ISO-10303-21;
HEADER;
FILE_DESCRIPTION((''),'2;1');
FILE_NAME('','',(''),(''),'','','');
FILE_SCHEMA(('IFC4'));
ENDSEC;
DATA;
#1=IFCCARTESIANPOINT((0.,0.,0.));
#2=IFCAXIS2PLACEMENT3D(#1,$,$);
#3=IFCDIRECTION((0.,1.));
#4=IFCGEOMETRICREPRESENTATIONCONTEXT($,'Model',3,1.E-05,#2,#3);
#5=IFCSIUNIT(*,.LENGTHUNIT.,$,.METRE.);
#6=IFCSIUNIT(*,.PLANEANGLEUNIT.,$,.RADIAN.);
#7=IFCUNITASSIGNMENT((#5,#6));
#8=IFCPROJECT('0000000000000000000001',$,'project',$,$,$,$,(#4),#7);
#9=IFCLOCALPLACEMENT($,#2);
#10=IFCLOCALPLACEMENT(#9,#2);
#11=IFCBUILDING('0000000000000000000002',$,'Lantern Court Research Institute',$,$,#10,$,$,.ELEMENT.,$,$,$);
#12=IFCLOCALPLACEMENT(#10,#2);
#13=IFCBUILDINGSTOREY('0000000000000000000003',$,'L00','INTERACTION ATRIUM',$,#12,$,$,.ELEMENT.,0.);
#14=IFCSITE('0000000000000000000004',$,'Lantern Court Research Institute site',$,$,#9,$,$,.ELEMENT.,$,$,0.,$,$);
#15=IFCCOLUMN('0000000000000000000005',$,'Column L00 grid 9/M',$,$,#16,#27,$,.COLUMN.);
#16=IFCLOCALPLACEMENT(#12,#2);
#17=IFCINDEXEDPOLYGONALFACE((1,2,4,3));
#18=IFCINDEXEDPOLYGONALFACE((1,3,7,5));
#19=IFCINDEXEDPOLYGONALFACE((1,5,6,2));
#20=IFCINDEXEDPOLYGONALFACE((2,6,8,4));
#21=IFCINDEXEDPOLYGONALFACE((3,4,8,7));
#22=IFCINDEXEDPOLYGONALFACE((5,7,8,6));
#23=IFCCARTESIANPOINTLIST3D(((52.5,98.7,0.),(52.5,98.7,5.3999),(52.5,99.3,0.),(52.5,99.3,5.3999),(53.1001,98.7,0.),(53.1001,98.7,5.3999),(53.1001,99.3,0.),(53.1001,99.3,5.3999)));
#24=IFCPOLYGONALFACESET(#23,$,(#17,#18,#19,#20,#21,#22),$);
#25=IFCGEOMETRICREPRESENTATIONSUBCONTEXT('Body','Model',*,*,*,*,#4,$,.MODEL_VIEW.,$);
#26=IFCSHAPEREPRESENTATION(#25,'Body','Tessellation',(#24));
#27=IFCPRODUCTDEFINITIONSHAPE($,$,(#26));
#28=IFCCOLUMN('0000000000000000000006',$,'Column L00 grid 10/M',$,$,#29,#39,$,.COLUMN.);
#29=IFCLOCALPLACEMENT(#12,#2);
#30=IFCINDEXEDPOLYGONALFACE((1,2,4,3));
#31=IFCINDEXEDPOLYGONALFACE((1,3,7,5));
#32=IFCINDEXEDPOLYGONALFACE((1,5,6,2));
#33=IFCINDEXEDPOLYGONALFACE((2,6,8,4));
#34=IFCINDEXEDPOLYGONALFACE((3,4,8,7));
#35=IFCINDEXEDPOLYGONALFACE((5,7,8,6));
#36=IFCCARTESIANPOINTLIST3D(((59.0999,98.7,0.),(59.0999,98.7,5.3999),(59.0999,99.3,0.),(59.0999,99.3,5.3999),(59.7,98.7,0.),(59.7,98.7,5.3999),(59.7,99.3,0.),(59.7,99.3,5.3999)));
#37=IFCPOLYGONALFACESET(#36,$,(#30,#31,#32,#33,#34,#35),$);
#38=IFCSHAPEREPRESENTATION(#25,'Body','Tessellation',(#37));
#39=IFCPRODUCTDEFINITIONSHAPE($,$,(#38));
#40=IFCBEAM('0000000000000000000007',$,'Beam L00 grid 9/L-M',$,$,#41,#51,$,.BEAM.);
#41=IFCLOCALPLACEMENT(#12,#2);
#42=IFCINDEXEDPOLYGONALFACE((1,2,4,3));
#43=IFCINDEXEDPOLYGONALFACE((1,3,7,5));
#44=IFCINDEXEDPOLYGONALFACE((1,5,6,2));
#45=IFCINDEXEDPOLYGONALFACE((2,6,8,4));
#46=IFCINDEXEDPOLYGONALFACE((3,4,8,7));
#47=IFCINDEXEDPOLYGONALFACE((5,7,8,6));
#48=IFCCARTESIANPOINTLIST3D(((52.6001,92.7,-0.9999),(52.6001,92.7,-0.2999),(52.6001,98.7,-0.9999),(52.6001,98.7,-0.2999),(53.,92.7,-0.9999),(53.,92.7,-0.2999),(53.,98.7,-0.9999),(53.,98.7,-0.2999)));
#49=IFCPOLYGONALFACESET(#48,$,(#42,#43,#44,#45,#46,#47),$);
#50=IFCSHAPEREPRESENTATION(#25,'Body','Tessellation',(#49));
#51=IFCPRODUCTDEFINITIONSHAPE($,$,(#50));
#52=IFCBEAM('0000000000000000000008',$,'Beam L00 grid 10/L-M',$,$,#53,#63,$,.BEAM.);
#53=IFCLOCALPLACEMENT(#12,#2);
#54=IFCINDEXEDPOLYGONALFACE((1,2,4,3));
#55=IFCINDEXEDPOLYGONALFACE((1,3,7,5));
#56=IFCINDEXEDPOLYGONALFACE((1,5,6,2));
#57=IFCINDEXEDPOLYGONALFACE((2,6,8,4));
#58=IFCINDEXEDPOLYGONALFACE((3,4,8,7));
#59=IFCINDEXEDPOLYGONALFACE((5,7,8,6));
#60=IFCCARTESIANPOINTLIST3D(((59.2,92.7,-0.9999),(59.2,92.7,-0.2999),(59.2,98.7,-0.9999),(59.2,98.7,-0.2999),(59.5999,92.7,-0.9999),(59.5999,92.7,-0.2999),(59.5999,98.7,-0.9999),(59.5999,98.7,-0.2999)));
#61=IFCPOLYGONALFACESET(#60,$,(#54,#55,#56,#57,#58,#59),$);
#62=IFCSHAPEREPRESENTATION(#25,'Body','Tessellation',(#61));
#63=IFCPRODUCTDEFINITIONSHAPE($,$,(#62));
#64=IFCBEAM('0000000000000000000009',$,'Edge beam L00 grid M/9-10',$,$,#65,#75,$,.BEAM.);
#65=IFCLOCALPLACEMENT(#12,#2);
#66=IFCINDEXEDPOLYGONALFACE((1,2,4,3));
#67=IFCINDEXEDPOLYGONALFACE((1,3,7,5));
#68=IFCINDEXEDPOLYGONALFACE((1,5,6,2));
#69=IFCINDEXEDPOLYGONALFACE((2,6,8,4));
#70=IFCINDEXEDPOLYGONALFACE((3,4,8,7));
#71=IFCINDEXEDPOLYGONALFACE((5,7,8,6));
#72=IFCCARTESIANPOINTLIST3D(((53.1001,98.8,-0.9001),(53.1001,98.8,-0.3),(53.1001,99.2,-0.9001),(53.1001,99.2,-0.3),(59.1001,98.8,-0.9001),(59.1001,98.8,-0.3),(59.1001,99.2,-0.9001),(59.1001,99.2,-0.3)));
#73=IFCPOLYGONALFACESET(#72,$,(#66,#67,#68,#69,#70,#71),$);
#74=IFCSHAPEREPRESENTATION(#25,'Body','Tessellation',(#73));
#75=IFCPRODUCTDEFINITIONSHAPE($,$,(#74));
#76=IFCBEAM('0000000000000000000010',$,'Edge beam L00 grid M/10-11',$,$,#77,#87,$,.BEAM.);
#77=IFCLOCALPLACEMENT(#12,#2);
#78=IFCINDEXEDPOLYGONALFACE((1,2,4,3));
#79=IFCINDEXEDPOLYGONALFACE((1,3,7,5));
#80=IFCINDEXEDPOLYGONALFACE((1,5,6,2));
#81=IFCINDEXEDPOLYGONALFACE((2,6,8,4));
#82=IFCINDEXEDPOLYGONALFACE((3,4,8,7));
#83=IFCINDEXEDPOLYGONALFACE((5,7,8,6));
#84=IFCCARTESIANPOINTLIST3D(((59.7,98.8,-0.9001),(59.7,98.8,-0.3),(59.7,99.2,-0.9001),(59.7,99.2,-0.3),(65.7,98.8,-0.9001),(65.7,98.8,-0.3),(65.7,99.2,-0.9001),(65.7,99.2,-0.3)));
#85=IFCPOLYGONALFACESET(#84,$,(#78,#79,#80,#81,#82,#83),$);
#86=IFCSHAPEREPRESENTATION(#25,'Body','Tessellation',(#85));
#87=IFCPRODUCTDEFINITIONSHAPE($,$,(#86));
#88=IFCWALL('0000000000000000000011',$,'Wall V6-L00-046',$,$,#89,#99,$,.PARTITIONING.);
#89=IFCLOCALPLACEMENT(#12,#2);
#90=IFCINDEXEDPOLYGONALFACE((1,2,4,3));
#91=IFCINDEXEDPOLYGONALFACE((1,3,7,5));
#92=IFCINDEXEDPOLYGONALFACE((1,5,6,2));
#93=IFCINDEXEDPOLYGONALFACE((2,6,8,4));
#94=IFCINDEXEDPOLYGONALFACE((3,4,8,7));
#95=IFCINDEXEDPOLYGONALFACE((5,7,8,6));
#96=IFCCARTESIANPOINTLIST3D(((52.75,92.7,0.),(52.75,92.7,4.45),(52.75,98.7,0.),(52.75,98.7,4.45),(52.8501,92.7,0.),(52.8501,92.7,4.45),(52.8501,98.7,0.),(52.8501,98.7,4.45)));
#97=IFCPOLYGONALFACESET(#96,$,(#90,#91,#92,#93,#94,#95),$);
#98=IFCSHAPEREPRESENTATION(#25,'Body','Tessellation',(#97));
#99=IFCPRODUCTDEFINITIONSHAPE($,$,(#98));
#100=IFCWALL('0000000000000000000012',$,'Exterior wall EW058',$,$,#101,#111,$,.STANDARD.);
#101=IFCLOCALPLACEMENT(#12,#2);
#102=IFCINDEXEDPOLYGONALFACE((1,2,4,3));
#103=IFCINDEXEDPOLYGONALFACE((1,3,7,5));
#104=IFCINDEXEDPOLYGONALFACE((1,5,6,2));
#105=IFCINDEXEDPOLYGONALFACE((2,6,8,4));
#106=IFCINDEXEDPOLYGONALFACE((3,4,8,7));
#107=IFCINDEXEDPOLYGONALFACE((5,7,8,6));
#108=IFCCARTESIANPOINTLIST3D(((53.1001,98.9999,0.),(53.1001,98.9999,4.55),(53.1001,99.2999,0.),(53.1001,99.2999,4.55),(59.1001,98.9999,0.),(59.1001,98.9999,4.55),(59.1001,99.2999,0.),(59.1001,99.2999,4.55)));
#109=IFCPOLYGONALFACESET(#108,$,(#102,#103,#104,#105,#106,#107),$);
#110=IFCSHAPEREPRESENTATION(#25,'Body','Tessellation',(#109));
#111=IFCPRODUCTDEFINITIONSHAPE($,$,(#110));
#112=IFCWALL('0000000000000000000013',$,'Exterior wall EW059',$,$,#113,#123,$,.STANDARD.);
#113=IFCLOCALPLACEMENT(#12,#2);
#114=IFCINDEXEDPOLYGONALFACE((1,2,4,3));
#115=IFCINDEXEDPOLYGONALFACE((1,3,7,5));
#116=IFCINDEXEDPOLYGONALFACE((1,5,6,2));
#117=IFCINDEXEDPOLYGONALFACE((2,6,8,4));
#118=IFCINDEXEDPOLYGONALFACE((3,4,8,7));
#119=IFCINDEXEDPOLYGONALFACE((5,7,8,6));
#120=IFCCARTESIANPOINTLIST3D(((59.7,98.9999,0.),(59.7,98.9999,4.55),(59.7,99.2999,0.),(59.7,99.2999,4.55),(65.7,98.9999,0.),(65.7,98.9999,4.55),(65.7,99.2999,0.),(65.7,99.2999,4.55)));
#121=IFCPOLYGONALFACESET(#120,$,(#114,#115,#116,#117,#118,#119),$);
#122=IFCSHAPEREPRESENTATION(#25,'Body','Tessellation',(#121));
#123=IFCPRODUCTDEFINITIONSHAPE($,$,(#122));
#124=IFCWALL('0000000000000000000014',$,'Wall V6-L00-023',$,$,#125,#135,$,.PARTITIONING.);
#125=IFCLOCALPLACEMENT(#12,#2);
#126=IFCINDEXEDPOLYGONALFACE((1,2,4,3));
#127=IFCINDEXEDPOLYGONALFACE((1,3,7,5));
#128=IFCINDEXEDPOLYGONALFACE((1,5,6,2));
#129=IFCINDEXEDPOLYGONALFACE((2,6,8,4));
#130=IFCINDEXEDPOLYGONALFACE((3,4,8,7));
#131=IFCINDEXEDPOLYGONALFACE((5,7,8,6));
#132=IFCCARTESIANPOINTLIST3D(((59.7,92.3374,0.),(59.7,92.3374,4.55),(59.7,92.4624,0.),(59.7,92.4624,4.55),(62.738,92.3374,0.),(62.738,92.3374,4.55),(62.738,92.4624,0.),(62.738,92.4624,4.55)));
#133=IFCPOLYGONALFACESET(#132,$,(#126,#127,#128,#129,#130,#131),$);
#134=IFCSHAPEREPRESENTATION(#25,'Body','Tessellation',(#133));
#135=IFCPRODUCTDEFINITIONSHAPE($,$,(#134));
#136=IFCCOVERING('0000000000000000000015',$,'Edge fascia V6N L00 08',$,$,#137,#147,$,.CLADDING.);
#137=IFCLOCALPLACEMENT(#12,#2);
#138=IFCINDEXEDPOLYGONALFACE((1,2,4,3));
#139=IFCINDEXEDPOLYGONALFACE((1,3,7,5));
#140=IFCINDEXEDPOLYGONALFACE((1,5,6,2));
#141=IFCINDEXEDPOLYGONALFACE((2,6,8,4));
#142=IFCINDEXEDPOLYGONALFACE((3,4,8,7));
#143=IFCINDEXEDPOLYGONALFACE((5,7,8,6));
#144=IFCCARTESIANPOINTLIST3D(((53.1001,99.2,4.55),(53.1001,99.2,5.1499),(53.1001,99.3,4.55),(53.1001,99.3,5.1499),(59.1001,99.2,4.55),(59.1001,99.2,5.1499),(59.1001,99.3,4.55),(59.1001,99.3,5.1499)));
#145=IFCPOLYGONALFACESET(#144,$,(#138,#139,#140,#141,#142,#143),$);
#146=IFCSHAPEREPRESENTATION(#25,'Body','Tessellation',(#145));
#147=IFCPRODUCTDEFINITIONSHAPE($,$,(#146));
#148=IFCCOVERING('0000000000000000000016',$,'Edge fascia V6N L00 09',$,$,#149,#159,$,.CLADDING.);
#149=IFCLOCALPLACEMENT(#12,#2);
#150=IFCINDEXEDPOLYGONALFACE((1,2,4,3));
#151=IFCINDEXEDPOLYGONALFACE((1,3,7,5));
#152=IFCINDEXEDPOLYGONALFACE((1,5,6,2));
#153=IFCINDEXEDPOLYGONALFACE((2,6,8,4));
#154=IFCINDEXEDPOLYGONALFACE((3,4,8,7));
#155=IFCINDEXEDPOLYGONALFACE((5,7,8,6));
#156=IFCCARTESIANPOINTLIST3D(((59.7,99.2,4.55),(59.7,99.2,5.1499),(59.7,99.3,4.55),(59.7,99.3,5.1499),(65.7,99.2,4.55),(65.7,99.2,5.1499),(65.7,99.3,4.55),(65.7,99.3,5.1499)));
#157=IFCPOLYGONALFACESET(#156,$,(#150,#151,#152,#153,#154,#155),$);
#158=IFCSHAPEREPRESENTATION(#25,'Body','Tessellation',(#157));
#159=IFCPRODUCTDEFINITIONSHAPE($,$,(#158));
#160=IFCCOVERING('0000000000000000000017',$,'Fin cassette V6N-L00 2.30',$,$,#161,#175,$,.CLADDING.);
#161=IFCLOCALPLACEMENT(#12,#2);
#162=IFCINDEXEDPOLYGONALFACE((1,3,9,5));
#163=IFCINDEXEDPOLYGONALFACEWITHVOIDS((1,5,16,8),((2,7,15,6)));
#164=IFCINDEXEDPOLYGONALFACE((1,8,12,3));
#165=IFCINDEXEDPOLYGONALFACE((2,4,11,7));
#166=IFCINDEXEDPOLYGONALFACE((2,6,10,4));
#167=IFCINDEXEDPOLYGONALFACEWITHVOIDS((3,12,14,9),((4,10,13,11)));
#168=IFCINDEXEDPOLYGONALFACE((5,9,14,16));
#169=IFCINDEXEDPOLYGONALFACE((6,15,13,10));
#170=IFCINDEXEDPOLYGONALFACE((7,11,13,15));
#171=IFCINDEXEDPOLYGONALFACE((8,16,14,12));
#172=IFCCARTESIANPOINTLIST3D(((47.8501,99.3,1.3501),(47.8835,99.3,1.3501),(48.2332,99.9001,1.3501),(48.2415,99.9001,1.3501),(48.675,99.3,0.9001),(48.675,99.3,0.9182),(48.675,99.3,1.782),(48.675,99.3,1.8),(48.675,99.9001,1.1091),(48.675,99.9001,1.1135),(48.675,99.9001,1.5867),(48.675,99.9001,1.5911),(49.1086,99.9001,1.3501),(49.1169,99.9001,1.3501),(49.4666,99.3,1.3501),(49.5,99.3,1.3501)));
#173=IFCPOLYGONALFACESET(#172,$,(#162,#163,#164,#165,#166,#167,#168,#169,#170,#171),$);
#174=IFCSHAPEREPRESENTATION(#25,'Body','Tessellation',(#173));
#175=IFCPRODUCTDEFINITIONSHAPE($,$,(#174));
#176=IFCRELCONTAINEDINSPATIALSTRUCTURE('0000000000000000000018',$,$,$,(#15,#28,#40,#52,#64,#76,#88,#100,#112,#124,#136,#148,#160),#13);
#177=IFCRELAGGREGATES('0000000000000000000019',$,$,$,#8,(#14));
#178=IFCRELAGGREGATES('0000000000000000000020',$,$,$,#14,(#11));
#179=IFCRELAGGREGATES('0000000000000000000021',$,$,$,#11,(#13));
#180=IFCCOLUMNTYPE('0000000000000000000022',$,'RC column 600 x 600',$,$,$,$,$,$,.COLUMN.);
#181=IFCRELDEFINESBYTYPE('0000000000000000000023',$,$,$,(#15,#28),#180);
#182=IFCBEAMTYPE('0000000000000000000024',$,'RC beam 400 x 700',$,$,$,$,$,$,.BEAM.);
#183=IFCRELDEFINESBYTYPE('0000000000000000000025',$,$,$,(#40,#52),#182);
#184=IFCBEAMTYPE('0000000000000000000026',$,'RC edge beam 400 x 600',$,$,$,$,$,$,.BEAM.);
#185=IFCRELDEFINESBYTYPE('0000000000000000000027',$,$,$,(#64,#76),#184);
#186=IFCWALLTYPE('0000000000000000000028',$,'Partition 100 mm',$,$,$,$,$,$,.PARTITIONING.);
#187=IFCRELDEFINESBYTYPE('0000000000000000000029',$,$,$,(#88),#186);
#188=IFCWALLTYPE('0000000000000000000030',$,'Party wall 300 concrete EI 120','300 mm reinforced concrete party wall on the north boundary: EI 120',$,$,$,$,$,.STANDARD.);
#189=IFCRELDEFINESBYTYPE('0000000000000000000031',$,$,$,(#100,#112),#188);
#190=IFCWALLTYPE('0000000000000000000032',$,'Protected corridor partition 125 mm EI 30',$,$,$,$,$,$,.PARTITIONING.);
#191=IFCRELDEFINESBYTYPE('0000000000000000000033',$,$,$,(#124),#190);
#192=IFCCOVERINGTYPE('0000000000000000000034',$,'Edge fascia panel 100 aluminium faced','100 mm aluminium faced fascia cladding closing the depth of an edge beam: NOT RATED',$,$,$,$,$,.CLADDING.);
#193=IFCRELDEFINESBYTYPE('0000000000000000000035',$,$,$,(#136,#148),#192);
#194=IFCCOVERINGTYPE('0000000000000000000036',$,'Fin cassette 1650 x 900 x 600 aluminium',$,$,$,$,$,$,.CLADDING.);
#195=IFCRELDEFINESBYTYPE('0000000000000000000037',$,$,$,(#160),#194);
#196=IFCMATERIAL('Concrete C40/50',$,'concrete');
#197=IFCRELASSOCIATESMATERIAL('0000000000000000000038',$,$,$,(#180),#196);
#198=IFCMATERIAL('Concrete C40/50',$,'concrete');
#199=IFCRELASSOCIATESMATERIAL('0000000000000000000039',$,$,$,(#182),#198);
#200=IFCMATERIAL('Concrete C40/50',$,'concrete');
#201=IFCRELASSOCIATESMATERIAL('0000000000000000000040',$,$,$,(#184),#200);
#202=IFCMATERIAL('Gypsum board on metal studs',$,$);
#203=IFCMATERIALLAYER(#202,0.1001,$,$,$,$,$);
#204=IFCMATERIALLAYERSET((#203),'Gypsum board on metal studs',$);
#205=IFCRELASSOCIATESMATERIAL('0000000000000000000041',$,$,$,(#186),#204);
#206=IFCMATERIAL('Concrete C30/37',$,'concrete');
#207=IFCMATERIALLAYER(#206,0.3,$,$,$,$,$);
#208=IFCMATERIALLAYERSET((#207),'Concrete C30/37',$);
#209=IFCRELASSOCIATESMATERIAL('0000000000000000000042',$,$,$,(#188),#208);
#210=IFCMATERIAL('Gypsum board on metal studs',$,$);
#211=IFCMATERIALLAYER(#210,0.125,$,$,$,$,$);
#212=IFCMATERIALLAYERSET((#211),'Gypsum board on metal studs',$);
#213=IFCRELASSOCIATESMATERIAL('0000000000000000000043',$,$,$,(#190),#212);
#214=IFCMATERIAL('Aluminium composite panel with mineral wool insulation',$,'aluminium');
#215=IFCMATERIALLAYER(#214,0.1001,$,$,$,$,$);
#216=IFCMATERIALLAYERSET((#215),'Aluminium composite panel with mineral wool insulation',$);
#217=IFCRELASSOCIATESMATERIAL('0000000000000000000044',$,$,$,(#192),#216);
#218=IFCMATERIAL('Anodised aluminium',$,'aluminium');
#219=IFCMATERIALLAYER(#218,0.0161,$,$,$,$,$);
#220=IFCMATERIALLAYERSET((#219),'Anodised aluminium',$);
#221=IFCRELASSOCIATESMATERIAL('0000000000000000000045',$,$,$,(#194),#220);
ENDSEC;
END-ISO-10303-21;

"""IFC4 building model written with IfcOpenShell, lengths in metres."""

from ifc_helpers import new_model, entity, si_unit, direction, frame, frame_2d, origin, origin_2d, place, context, subcontext, project, spatial, rectangle, extrude, material, layer, layer_set, material_profile, profile_set, type_object, element, save


model = new_model("IFC4")

# Units and contexts
model_context = context("Model", 3, precision=1e-05, world=origin(), true_north=direction((0.0, 1.0)))
body_context = subcontext(model_context, "Body", "Model", "MODEL_VIEW")
ifc_project = project(units=[si_unit("LENGTHUNIT", "METRE"), si_unit("PLANEANGLEUNIT", "RADIAN")], contexts=[model_context])

# Site, building, storey
site_placement = place(None, origin())
site = spatial("IfcSite", under=ifc_project, at=site_placement, Name="Lantern Court Research Institute site", CompositionType="ELEMENT", RefElevation=0.0)
building_placement = place(site_placement, origin())
building = spatial("IfcBuilding", under=site, at=building_placement, Name="Lantern Court Research Institute", CompositionType="ELEMENT")
storey_placement = place(building_placement, origin())
storey = spatial("IfcBuildingStorey", under=building, at=storey_placement, Name="L00", Description="INTERACTION ATRIUM", CompositionType="ELEMENT", Elevation=0.0)

# Columns
ifc_material_1 = material(Name="Concrete C40/50", Category="concrete")
ifc_material_profile_1 = material_profile(ifc_material_1, rectangle(XDim=0.6001, YDim=0.6001, at=origin_2d()), Name="RC column 600 x 600")
ifc_profile_set_1 = profile_set([ifc_material_profile_1], Name="Concrete C40/50")
column_type = type_object("IfcColumnType", Name="RC column 600 x 600", PredefinedType="COLUMN", material=ifc_profile_set_1)
for number, where, z_axis, x_axis, name in (
    (1, (52.8, 99.0, 0.0), (0.0, 0.0, 1.0), (1.0, 0.0, 0.0), "Column L00 grid 9/M"),
    (2, (59.3999, 99.0, 0.0), (0.0, 0.0, 1.0), (1.0, 0.0, 0.0), "Column L00 grid 10/M"),
):
    element("IfcColumn", number, at=place(storey_placement, frame(where, z_axis=z_axis, x_axis=x_axis)), inside=storey, type_object=column_type, Name=name, PredefinedType="COLUMN", context=body_context, shape_type="SweptSolid", body=[
        extrude(rectangle(XDim=0.6001, YDim=0.6001, at=origin_2d()), origin(), (0.0, 0.0, 1.0), 5.3999),
    ])

# Beams
ifc_material_2 = material(Name="Concrete C40/50", Category="concrete")
ifc_material_profile_2 = material_profile(ifc_material_2, rectangle(XDim=0.3999, YDim=0.7, at=origin_2d()), Name="RC beam 400 x 700")
ifc_profile_set_2 = profile_set([ifc_material_profile_2], Name="Concrete C40/50")
beam_type_1 = type_object("IfcBeamType", Name="RC beam 400 x 700", PredefinedType="BEAM", material=ifc_profile_set_2)
for number, where, z_axis, x_axis, name in (
    (3, (52.8, 92.7, -0.6499), (0.0, 1.0, 0.0), (-1.0, 0.0, 0.0), "Beam L00 grid 9/L-M"),
    (4, (59.3999, 92.7, -0.6499), (0.0, 1.0, 0.0), (-1.0, 0.0, 0.0), "Beam L00 grid 10/L-M"),
):
    element("IfcBeam", number, at=place(storey_placement, frame(where, z_axis=z_axis, x_axis=x_axis)), inside=storey, type_object=beam_type_1, Name=name, PredefinedType="BEAM", context=body_context, shape_type="SweptSolid", body=[
        extrude(rectangle(XDim=0.3999, YDim=0.7, at=origin_2d()), origin(), (0.0, 0.0, 1.0), 6.0),
    ])
ifc_material_3 = material(Name="Concrete C40/50", Category="concrete")
ifc_material_profile_3 = material_profile(ifc_material_3, rectangle(XDim=0.3999, YDim=0.6001, at=origin_2d()), Name="RC beam 400 x 600")
ifc_profile_set_3 = profile_set([ifc_material_profile_3], Name="Concrete C40/50")
beam_type_2 = type_object("IfcBeamType", Name="RC edge beam 400 x 600", PredefinedType="BEAM", material=ifc_profile_set_3)
for number, where, z_axis, x_axis, name in (
    (5, (53.1001, 99.0, -0.6001), (1.0, 0.0, 0.0), (0.0, 1.0, 0.0), "Edge beam L00 grid M/9-10"),
    (6, (59.7, 99.0, -0.6001), (1.0, 0.0, 0.0), (0.0, 1.0, 0.0), "Edge beam L00 grid M/10-11"),
):
    element("IfcBeam", number, at=place(storey_placement, frame(where, z_axis=z_axis, x_axis=x_axis)), inside=storey, type_object=beam_type_2, Name=name, PredefinedType="BEAM", context=body_context, shape_type="SweptSolid", body=[
        extrude(rectangle(XDim=0.3999, YDim=0.6001, at=origin_2d()), origin(), (0.0, 0.0, 1.0), 6.0),
    ])

# Walls
ifc_material_4 = material(Name="Gypsum board on metal studs")
ifc_layer_1 = layer(ifc_material_4, 0.1001)
ifc_layer_set_1 = layer_set([ifc_layer_1], Name="Gypsum board on metal studs")
wall_type_1 = type_object("IfcWallType", Name="Partition 100 mm", PredefinedType="PARTITIONING", material=ifc_layer_set_1)
wall_1_placement = place(storey_placement, frame((52.8, 92.7, 0.0), z_axis=(0.0, 0.0, 1.0), x_axis=(0.0, 1.0, 0.0)))
element("IfcWall", 7, at=wall_1_placement, inside=storey, type_object=wall_type_1, Name="Wall V6-L00-046", PredefinedType="PARTITIONING", context=body_context, shape_type="SweptSolid", body=[
    extrude(rectangle(XDim=6.0, YDim=0.1001, at=frame_2d((3.0, 0.0))), origin(), (0.0, 0.0, 1.0), 4.45),
])
ifc_material_5 = material(Name="Concrete C30/37", Category="concrete")
ifc_layer_2 = layer(ifc_material_5, 0.3)
ifc_layer_set_2 = layer_set([ifc_layer_2], Name="Concrete C30/37")
wall_type_2 = type_object("IfcWallType", Name="Party wall 300 concrete EI 120", Description="300 mm reinforced concrete party wall on the north boundary: EI 120", PredefinedType="STANDARD", material=ifc_layer_set_2)
for number, where, z_axis, x_axis, name in (
    (8, (53.1001, 99.1499, 0.0), (0.0, 0.0, 1.0), (1.0, 0.0, 0.0), "Exterior wall EW058"),
    (9, (59.7, 99.1499, 0.0), (0.0, 0.0, 1.0), (1.0, 0.0, 0.0), "Exterior wall EW059"),
):
    element("IfcWall", number, at=place(storey_placement, frame(where, z_axis=z_axis, x_axis=x_axis)), inside=storey, type_object=wall_type_2, Name=name, PredefinedType="STANDARD", context=body_context, shape_type="SweptSolid", body=[
        extrude(rectangle(XDim=6.0, YDim=0.3, at=frame_2d((3.0, 0.0))), origin(), (0.0, 0.0, 1.0), 4.55),
    ])
ifc_material_6 = material(Name="Gypsum board on metal studs")
ifc_layer_3 = layer(ifc_material_6, 0.125)
ifc_layer_set_3 = layer_set([ifc_layer_3], Name="Gypsum board on metal studs")
wall_type_3 = type_object("IfcWallType", Name="Protected corridor partition 125 mm EI 30", PredefinedType="PARTITIONING", material=ifc_layer_set_3)
wall_2_placement = place(storey_placement, frame((59.7, 92.3999, 0.0), z_axis=(0.0, 0.0, 1.0), x_axis=(1.0, 0.0, 0.0)))
element("IfcWall", 10, at=wall_2_placement, inside=storey, type_object=wall_type_3, Name="Wall V6-L00-023", PredefinedType="PARTITIONING", context=body_context, shape_type="SweptSolid", body=[
    extrude(rectangle(XDim=3.0381, YDim=0.125, at=frame_2d((1.519, 0.0))), origin(), (0.0, 0.0, 1.0), 4.55),
])

# Coverings
ifc_material_7 = material(Name="Aluminium composite panel with mineral wool insulation", Category="aluminium")
ifc_layer_4 = layer(ifc_material_7, 0.1001)
ifc_layer_set_4 = layer_set([ifc_layer_4], Name="Aluminium composite panel with mineral wool insulation")
covering_type_1 = type_object("IfcCoveringType", Name="Edge fascia panel 100 aluminium faced", Description="100 mm aluminium faced fascia cladding closing the depth of an edge beam: NOT RATED", PredefinedType="CLADDING", material=ifc_layer_set_4)
for number, where, z_axis, x_axis, name in (
    (11, (53.1001, 99.25, 4.55), (0.0, 0.0, 1.0), (1.0, 0.0, 0.0), "Edge fascia V6N L00 08"),
    (12, (59.7, 99.25, 4.55), (0.0, 0.0, 1.0), (1.0, 0.0, 0.0), "Edge fascia V6N L00 09"),
):
    element("IfcCovering", number, at=place(storey_placement, frame(where, z_axis=z_axis, x_axis=x_axis)), inside=storey, type_object=covering_type_1, Name=name, PredefinedType="CLADDING", context=body_context, shape_type="SweptSolid", body=[
        extrude(rectangle(XDim=6.0, YDim=0.1001, at=frame_2d((3.0, 0.0))), origin(), (0.0, 0.0, 1.0), 0.5999),
    ])
ifc_material_8 = material(Name="Anodised aluminium", Category="aluminium")
ifc_layer_5 = layer(ifc_material_8, 0.0161)
ifc_layer_set_5 = layer_set([ifc_layer_5], Name="Anodised aluminium")
covering_type_2 = type_object("IfcCoveringType", Name="Fin cassette 1650 x 900 x 600 aluminium", PredefinedType="CLADDING", material=ifc_layer_set_5)
covering_1_placement = place(storey_placement, frame((48.675, 99.3, 1.3501), z_axis=(0.0, 1.0, 0.0), x_axis=(-1.0, 0.0, 0.0)))
cartesian_point_1 = entity("IfcCartesianPoint", [0.825, 0.0])
cartesian_point_2 = entity("IfcCartesianPoint", [0.7915, 0.0])
cartesian_point_3 = entity("IfcCartesianPoint", [0.4419, 0.0])
cartesian_point_4 = entity("IfcCartesianPoint", [0.4336, 0.0])
element("IfcCovering", 13, at=covering_1_placement, inside=storey, type_object=covering_type_2, Name="Fin cassette V6N-L00 2.30", PredefinedType="CLADDING", context=body_context, shape_type="SweptSolid", body=[
    entity("IfcExtrudedAreaSolidTapered", entity("IfcArbitraryProfileDefWithVoids", "AREA", None, entity("IfcPolyline", [cartesian_point_1, entity("IfcCartesianPoint", [0.0, 0.45]), entity("IfcCartesianPoint", [-0.825, 0.0]), entity("IfcCartesianPoint", [0.0, -0.45]), cartesian_point_1]), [entity("IfcPolyline", [cartesian_point_2, entity("IfcCartesianPoint", [0.0, 0.4319]), entity("IfcCartesianPoint", [-0.7915, 0.0]), entity("IfcCartesianPoint", [0.0, -0.4319]), cartesian_point_2])]), entity("IfcAxis2Placement3D", entity("IfcCartesianPoint", [0.0, 0.0, 0.0])), entity("IfcDirection", [0.0, 0.0, 1.0]), 0.6001, entity("IfcArbitraryProfileDefWithVoids", "AREA", None, entity("IfcPolyline", [cartesian_point_3, entity("IfcCartesianPoint", [0.0, 0.241]), entity("IfcCartesianPoint", [-0.4419, 0.0]), entity("IfcCartesianPoint", [0.0, -0.241]), cartesian_point_3]), [entity("IfcPolyline", [cartesian_point_4, entity("IfcCartesianPoint", [0.0, 0.2366]), entity("IfcCartesianPoint", [-0.4336, 0.0]), entity("IfcCartesianPoint", [0.0, -0.2366]), cartesian_point_4])])),
])

save(model, "model.ifc")
